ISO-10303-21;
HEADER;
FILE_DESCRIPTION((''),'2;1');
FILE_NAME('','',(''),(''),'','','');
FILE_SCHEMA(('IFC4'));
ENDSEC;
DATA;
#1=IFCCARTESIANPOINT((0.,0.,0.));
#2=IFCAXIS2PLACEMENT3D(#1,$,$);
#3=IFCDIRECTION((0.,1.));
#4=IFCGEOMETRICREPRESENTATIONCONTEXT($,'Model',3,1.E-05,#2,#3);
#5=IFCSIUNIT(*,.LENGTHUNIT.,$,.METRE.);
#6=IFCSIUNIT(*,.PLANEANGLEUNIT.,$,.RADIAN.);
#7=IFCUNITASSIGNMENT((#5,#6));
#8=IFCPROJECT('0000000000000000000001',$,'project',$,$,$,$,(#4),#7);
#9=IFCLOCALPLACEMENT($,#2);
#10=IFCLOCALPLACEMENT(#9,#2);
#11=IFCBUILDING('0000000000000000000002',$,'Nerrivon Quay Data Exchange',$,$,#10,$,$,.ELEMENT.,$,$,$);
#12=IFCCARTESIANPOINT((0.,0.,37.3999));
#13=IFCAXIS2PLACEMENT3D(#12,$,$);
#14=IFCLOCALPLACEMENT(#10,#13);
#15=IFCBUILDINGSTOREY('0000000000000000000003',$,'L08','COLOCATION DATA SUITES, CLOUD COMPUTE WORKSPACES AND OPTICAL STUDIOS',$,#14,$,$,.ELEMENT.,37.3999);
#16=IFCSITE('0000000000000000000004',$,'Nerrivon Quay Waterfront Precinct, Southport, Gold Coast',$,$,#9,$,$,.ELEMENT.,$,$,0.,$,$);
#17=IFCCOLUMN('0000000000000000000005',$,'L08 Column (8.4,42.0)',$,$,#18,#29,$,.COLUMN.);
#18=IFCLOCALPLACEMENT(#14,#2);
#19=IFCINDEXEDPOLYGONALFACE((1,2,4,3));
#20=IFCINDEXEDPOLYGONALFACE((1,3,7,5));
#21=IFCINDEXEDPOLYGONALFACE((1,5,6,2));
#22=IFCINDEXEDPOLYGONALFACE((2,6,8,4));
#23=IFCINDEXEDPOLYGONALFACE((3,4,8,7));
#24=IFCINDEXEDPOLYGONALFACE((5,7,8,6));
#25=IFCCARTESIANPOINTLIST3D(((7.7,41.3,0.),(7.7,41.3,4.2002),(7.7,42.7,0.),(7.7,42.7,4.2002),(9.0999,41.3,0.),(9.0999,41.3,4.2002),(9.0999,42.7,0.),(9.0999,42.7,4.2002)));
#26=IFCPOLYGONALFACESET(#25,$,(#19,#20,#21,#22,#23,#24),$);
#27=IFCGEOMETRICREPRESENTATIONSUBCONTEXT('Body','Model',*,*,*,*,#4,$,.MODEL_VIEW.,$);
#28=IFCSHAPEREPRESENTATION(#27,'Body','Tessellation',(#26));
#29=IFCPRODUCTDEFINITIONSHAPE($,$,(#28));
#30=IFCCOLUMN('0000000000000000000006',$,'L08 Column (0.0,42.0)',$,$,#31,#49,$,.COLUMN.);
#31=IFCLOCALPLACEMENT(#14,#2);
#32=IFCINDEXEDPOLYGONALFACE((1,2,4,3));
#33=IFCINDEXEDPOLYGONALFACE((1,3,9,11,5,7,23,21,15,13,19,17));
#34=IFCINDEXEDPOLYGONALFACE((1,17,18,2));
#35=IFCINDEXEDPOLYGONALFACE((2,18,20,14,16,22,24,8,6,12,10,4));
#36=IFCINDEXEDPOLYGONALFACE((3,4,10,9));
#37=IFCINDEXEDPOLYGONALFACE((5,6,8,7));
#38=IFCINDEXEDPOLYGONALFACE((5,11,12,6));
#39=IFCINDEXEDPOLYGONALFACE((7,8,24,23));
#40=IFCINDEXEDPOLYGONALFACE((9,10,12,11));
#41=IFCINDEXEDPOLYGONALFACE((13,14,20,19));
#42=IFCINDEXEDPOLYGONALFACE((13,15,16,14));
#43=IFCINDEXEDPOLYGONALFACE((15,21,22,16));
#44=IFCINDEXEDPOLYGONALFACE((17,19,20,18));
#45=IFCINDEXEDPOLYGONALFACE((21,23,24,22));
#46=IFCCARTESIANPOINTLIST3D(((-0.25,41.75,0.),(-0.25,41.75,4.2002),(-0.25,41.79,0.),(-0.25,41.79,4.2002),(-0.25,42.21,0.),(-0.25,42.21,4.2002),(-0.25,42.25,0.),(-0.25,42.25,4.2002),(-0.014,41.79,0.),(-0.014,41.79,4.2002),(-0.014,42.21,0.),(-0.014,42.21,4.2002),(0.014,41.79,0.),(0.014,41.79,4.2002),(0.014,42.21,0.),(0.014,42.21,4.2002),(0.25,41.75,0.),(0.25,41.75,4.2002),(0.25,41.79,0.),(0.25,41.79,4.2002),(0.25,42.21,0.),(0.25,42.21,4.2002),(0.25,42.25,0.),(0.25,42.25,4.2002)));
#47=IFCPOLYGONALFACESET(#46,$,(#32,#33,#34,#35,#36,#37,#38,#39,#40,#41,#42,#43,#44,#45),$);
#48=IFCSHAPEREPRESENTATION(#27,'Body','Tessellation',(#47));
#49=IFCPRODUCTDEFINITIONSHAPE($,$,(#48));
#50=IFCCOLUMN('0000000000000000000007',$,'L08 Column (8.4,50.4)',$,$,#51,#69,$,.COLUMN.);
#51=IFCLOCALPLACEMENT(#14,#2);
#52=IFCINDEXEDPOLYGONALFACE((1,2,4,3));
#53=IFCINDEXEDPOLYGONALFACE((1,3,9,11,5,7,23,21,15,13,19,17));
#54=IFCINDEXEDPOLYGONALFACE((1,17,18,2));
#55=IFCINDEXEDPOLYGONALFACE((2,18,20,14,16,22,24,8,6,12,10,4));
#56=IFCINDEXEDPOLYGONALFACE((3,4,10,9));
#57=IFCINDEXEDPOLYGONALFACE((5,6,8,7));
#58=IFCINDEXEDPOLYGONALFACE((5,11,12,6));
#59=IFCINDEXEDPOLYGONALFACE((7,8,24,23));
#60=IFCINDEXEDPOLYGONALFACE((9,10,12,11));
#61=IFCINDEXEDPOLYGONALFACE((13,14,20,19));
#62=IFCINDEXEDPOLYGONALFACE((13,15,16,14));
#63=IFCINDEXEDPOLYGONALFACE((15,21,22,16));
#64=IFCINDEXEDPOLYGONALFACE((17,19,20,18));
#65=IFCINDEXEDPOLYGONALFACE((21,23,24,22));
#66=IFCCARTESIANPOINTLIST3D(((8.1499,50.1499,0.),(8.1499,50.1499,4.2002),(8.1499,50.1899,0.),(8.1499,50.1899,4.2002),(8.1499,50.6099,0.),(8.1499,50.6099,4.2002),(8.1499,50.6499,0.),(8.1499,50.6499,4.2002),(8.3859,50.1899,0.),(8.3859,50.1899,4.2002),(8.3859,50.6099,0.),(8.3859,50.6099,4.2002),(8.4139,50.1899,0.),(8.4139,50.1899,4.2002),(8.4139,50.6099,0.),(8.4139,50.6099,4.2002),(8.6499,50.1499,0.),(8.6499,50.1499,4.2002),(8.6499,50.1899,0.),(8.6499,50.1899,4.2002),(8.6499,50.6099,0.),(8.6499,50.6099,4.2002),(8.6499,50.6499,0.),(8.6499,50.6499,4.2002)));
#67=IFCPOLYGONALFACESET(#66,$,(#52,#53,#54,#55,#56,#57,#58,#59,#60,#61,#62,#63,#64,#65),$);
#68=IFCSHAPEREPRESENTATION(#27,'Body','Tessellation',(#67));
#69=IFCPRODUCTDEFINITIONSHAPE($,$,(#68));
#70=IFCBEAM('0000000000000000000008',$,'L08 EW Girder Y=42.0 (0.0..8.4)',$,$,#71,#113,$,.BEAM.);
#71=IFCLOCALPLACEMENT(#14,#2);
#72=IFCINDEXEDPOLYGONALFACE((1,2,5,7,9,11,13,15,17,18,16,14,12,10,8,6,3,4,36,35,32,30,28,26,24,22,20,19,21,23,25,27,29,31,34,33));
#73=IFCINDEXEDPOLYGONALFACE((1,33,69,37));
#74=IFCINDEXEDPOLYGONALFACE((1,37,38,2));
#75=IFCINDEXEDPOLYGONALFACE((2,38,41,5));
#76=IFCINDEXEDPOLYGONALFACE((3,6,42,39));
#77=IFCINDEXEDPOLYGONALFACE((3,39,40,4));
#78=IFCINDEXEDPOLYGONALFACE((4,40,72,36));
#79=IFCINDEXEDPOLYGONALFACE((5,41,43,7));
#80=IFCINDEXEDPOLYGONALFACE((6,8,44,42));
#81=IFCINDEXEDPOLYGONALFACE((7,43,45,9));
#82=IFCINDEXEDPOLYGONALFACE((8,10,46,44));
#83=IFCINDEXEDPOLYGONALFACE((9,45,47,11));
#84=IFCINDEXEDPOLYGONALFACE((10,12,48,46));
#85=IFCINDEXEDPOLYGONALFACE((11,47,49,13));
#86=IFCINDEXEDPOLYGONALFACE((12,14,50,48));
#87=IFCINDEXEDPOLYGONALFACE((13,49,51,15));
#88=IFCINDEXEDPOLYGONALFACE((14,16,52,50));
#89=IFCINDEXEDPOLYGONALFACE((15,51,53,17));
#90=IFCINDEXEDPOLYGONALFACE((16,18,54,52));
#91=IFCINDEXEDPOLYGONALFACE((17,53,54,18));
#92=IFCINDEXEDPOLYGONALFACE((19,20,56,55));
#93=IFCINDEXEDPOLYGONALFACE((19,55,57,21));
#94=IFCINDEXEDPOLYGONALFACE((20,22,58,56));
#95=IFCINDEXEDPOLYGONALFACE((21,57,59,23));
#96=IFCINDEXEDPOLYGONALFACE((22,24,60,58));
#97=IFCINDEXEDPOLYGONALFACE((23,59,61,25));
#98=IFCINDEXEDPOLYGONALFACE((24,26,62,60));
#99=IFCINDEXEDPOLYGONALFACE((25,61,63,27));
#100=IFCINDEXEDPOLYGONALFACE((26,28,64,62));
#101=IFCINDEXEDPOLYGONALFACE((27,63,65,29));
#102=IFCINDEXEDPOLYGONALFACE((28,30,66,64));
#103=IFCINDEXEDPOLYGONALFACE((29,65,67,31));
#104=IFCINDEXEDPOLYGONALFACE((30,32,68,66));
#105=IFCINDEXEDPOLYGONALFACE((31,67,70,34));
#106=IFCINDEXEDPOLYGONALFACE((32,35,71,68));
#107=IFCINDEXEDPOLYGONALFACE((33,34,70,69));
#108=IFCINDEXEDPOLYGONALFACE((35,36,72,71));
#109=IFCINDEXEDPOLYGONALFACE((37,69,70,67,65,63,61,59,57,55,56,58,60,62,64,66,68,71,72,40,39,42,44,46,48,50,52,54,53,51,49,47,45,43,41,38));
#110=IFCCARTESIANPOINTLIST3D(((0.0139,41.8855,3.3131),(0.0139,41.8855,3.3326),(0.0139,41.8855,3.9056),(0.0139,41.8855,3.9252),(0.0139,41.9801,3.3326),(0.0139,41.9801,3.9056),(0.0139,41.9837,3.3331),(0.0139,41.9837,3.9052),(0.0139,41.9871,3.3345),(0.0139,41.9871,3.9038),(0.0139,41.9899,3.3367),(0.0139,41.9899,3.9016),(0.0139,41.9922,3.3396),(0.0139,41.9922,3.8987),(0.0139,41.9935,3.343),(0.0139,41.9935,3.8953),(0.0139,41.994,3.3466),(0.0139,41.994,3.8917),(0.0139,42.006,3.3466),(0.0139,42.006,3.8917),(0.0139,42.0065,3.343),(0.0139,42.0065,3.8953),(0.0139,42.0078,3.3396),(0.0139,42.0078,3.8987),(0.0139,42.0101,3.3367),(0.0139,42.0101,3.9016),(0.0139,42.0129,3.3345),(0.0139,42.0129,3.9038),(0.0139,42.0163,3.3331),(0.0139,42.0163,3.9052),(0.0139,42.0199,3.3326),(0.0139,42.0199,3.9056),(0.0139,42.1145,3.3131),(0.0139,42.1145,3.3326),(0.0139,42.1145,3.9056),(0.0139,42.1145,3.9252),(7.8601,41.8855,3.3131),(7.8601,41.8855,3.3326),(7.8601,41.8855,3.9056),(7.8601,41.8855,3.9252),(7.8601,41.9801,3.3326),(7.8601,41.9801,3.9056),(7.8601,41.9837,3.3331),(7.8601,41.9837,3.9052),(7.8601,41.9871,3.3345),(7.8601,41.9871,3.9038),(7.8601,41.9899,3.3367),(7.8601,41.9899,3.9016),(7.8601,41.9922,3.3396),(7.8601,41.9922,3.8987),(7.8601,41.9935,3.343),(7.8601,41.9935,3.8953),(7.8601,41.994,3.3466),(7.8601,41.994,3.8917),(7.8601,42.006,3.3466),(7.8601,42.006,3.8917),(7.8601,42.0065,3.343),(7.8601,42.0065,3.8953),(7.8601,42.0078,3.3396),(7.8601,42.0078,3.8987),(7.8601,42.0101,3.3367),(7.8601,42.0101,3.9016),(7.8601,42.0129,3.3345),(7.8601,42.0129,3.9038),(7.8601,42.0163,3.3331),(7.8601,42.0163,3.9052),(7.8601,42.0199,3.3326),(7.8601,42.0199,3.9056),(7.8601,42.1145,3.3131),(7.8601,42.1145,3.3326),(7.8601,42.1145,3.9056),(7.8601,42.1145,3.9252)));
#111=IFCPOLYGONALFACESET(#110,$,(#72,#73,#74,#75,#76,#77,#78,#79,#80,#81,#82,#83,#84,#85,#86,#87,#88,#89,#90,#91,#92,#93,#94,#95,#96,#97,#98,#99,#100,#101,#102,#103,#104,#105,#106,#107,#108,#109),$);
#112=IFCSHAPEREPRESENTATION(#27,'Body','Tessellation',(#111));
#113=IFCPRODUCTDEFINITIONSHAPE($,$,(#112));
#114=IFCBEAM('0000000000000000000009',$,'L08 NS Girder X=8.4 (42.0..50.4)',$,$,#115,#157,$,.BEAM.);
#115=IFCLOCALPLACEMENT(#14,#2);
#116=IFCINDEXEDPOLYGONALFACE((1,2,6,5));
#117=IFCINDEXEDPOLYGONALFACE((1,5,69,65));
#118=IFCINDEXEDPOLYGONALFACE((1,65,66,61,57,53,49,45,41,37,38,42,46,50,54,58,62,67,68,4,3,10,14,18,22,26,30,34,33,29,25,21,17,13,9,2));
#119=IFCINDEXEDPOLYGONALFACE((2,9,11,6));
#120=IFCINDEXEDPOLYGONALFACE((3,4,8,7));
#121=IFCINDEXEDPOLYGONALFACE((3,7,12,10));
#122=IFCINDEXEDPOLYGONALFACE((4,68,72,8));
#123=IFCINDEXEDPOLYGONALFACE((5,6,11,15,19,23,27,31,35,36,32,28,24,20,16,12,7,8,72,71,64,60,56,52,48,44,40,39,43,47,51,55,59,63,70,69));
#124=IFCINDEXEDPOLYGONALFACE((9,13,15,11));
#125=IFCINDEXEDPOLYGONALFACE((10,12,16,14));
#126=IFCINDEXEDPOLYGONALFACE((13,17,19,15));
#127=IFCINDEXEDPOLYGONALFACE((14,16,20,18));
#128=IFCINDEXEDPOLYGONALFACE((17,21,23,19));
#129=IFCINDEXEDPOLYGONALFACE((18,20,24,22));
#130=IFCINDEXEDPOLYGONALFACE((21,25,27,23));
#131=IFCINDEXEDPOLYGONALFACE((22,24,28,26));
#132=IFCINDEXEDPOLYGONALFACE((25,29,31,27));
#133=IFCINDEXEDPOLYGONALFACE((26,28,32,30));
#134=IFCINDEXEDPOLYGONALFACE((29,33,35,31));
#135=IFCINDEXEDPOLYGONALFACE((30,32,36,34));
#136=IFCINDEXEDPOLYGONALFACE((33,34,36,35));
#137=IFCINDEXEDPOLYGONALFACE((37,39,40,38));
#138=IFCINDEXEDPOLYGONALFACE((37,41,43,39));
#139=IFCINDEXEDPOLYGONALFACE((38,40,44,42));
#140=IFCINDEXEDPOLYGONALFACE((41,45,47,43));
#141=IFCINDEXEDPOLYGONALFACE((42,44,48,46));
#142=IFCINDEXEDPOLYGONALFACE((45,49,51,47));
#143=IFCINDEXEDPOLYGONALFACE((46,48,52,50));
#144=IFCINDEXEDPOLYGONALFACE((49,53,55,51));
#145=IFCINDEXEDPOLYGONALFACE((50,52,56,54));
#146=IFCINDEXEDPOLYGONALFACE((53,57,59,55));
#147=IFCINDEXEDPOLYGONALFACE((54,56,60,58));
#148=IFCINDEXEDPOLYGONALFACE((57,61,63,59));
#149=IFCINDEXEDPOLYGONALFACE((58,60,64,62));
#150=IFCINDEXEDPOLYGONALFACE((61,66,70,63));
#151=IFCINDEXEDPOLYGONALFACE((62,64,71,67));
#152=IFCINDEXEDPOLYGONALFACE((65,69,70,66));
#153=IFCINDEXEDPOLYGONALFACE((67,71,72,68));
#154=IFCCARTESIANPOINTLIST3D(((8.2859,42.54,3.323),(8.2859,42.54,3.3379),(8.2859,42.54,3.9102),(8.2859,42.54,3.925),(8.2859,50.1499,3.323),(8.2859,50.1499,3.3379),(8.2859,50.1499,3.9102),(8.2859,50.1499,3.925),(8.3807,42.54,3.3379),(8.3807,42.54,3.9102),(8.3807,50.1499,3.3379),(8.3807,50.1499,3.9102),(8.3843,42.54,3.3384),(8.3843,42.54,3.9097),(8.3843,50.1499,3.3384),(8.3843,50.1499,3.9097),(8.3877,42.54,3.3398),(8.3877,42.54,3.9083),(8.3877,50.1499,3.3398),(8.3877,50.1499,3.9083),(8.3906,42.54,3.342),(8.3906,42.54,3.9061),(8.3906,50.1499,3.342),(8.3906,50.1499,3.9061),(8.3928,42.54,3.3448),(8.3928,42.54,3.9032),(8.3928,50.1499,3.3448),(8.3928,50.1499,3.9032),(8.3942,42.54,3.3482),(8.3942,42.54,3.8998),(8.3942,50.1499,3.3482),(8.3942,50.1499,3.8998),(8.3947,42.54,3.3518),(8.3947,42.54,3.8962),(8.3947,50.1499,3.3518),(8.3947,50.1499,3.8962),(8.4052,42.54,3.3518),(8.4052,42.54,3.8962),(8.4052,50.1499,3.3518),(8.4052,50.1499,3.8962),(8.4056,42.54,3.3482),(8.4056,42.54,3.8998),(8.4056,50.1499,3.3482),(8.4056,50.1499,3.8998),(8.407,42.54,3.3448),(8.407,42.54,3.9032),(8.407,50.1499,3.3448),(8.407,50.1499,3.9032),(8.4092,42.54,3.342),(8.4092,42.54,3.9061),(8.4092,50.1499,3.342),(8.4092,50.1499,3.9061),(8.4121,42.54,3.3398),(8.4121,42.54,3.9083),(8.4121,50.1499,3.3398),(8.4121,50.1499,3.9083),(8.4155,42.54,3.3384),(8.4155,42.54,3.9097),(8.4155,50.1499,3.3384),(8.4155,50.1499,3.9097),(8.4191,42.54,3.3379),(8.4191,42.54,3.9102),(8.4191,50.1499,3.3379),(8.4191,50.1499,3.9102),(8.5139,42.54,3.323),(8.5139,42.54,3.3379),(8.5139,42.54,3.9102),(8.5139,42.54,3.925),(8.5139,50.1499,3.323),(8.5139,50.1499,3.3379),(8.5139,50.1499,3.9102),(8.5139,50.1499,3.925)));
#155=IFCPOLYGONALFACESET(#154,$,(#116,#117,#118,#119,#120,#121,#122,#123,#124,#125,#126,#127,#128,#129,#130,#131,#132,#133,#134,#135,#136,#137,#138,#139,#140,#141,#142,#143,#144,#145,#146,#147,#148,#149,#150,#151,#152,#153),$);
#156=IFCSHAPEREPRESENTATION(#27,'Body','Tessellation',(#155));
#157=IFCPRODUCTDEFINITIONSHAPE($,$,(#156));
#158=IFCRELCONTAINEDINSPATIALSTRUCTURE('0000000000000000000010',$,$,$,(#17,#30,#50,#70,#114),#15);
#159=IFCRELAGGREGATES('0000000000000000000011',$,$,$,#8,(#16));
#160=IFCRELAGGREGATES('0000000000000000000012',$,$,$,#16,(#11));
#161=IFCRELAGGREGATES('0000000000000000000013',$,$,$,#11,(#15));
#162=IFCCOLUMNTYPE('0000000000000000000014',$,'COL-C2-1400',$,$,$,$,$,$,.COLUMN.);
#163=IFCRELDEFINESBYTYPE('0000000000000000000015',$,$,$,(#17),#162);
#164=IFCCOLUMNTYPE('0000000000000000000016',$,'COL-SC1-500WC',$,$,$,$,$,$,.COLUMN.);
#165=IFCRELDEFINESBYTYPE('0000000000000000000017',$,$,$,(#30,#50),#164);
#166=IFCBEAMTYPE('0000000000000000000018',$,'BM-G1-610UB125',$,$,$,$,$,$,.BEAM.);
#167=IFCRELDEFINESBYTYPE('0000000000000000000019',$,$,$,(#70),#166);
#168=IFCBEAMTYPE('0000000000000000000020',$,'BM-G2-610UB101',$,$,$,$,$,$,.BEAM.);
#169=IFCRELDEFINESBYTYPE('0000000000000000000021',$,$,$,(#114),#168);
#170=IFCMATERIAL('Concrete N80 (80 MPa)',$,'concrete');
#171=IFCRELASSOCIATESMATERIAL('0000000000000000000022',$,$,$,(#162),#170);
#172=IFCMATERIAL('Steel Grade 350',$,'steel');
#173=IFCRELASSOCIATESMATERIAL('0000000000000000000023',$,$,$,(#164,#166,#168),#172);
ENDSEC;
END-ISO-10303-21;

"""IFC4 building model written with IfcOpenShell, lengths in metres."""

from ifc_helpers import new_model, si_unit, direction, frame, origin, origin_2d, place, context, subcontext, project, spatial, rectangle, i_section, extrude, material, material_profile, profile_set, type_object, element, save


model = new_model("IFC4")

# Units and contexts
model_context = context("Model", 3, precision=1e-05, world=origin(), true_north=direction((0.0, 1.0)))
body_context = subcontext(model_context, "Body", "Model", "MODEL_VIEW")
ifc_project = project(units=[si_unit("LENGTHUNIT", "METRE"), si_unit("PLANEANGLEUNIT", "RADIAN")], contexts=[model_context])

# Site, building, storey
site_placement = place(None, origin())
site = spatial("IfcSite", under=ifc_project, at=site_placement, Name="Nerrivon Quay Waterfront Precinct, Southport, Gold Coast", CompositionType="ELEMENT", RefElevation=0.0)
building_placement = place(site_placement, origin())
building = spatial("IfcBuilding", under=site, at=building_placement, Name="Nerrivon Quay Data Exchange", CompositionType="ELEMENT")
storey_placement = place(building_placement, frame((0.0, 0.0, 37.3999)))
storey = spatial("IfcBuildingStorey", under=building, at=storey_placement, Name="L08", Description="COLOCATION DATA SUITES, CLOUD COMPUTE WORKSPACES AND OPTICAL STUDIOS", CompositionType="ELEMENT", Elevation=37.3999)

# Columns
ifc_material_1 = material(Name="Concrete N80 (80 MPa)", Category="concrete")
ifc_material_profile_1 = material_profile(ifc_material_1, rectangle(XDim=1.3999, YDim=1.3999, at=origin_2d()), Name="RC-COL-1400x1400")
ifc_profile_set_1 = profile_set([ifc_material_profile_1], Name="Concrete N80 (80 MPa)")
column_type_1 = type_object("IfcColumnType", Name="COL-C2-1400", PredefinedType="COLUMN", material=ifc_profile_set_1)
column_placement = place(storey_placement, frame((8.3999, 42.0, 0.0), z_axis=(0.0, 0.0, 1.0), x_axis=(1.0, 0.0, 0.0)))
element("IfcColumn", 1, at=column_placement, inside=storey, type_object=column_type_1, Name="L08 Column (8.4,42.0)", PredefinedType="COLUMN", context=body_context, shape_type="SweptSolid", body=[
    extrude(rectangle(XDim=1.3999, YDim=1.3999, at=origin_2d()), origin(), (0.0, 0.0, 1.0), 4.2002),
])
ifc_material_2 = material(Name="Steel Grade 350", Category="steel")
ifc_material_profile_2 = material_profile(ifc_material_2, i_section(OverallWidth=0.5, OverallDepth=0.5, WebThickness=0.0281, FlangeThickness=0.04, at=origin_2d()), Name="500WC440")
ifc_profile_set_2 = profile_set([ifc_material_profile_2], Name="Steel Grade 350")
column_type_2 = type_object("IfcColumnType", Name="COL-SC1-500WC", PredefinedType="COLUMN", material=ifc_profile_set_2)
for number, where, z_axis, x_axis, name in (
    (2, (0.0, 42.0, 0.0), (0.0, 0.0, 1.0), (1.0, 0.0, 0.0), "L08 Column (0.0,42.0)"),
    (3, (8.3999, 50.3999, 0.0), (0.0, 0.0, 1.0), (1.0, 0.0, 0.0), "L08 Column (8.4,50.4)"),
):
    element("IfcColumn", number, at=place(storey_placement, frame(where, z_axis=z_axis, x_axis=x_axis)), inside=storey, type_object=column_type_2, Name=name, PredefinedType="COLUMN", context=body_context, shape_type="SweptSolid", body=[
        extrude(i_section(OverallWidth=0.5, OverallDepth=0.5, WebThickness=0.0281, FlangeThickness=0.04, at=origin_2d()), origin(), (0.0, 0.0, 1.0), 4.2002),
    ])

# Beams
ifc_material_profile_3 = material_profile(ifc_material_2, i_section(OverallWidth=0.229, OverallDepth=0.6121, WebThickness=0.012, FlangeThickness=0.0195, FilletRadius=0.0139, at=origin_2d()), Name="610UB125")
ifc_profile_set_3 = profile_set([ifc_material_profile_3], Name="Steel Grade 350")
beam_type_1 = type_object("IfcBeamType", Name="BM-G1-610UB125", PredefinedType="BEAM", material=ifc_profile_set_3)
beam_1_placement = place(storey_placement, frame((0.0139, 42.0, 3.6191), z_axis=(1.0, 0.0, 0.0), x_axis=(0.0, 1.0, 0.0)))
element("IfcBeam", 4, at=beam_1_placement, inside=storey, type_object=beam_type_1, Name="L08 EW Girder Y=42.0 (0.0..8.4)", PredefinedType="BEAM", context=body_context, shape_type="SweptSolid", body=[
    extrude(i_section(OverallWidth=0.229, OverallDepth=0.6121, WebThickness=0.012, FlangeThickness=0.0195, FilletRadius=0.0139, at=origin_2d()), origin(), (0.0, 0.0, 1.0), 7.8462),
])
ifc_material_profile_4 = material_profile(ifc_material_2, i_section(OverallWidth=0.228, OverallDepth=0.6021, WebThickness=0.0105, FlangeThickness=0.0149, FilletRadius=0.0139, at=origin_2d()), Name="610UB101")
ifc_profile_set_4 = profile_set([ifc_material_profile_4], Name="Steel Grade 350")
beam_type_2 = type_object("IfcBeamType", Name="BM-G2-610UB101", PredefinedType="BEAM", material=ifc_profile_set_4)
beam_2_placement = place(storey_placement, frame((8.3999, 42.54, 3.624), z_axis=(0.0, 1.0, 0.0), x_axis=(-1.0, 0.0, 0.0)))
element("IfcBeam", 5, at=beam_2_placement, inside=storey, type_object=beam_type_2, Name="L08 NS Girder X=8.4 (42.0..50.4)", PredefinedType="BEAM", context=body_context, shape_type="SweptSolid", body=[
    extrude(i_section(OverallWidth=0.228, OverallDepth=0.6021, WebThickness=0.0105, FlangeThickness=0.0149, FilletRadius=0.0139, at=origin_2d()), origin(), (0.0, 0.0, 1.0), 7.6099),
])

save(model, "model.ifc")
